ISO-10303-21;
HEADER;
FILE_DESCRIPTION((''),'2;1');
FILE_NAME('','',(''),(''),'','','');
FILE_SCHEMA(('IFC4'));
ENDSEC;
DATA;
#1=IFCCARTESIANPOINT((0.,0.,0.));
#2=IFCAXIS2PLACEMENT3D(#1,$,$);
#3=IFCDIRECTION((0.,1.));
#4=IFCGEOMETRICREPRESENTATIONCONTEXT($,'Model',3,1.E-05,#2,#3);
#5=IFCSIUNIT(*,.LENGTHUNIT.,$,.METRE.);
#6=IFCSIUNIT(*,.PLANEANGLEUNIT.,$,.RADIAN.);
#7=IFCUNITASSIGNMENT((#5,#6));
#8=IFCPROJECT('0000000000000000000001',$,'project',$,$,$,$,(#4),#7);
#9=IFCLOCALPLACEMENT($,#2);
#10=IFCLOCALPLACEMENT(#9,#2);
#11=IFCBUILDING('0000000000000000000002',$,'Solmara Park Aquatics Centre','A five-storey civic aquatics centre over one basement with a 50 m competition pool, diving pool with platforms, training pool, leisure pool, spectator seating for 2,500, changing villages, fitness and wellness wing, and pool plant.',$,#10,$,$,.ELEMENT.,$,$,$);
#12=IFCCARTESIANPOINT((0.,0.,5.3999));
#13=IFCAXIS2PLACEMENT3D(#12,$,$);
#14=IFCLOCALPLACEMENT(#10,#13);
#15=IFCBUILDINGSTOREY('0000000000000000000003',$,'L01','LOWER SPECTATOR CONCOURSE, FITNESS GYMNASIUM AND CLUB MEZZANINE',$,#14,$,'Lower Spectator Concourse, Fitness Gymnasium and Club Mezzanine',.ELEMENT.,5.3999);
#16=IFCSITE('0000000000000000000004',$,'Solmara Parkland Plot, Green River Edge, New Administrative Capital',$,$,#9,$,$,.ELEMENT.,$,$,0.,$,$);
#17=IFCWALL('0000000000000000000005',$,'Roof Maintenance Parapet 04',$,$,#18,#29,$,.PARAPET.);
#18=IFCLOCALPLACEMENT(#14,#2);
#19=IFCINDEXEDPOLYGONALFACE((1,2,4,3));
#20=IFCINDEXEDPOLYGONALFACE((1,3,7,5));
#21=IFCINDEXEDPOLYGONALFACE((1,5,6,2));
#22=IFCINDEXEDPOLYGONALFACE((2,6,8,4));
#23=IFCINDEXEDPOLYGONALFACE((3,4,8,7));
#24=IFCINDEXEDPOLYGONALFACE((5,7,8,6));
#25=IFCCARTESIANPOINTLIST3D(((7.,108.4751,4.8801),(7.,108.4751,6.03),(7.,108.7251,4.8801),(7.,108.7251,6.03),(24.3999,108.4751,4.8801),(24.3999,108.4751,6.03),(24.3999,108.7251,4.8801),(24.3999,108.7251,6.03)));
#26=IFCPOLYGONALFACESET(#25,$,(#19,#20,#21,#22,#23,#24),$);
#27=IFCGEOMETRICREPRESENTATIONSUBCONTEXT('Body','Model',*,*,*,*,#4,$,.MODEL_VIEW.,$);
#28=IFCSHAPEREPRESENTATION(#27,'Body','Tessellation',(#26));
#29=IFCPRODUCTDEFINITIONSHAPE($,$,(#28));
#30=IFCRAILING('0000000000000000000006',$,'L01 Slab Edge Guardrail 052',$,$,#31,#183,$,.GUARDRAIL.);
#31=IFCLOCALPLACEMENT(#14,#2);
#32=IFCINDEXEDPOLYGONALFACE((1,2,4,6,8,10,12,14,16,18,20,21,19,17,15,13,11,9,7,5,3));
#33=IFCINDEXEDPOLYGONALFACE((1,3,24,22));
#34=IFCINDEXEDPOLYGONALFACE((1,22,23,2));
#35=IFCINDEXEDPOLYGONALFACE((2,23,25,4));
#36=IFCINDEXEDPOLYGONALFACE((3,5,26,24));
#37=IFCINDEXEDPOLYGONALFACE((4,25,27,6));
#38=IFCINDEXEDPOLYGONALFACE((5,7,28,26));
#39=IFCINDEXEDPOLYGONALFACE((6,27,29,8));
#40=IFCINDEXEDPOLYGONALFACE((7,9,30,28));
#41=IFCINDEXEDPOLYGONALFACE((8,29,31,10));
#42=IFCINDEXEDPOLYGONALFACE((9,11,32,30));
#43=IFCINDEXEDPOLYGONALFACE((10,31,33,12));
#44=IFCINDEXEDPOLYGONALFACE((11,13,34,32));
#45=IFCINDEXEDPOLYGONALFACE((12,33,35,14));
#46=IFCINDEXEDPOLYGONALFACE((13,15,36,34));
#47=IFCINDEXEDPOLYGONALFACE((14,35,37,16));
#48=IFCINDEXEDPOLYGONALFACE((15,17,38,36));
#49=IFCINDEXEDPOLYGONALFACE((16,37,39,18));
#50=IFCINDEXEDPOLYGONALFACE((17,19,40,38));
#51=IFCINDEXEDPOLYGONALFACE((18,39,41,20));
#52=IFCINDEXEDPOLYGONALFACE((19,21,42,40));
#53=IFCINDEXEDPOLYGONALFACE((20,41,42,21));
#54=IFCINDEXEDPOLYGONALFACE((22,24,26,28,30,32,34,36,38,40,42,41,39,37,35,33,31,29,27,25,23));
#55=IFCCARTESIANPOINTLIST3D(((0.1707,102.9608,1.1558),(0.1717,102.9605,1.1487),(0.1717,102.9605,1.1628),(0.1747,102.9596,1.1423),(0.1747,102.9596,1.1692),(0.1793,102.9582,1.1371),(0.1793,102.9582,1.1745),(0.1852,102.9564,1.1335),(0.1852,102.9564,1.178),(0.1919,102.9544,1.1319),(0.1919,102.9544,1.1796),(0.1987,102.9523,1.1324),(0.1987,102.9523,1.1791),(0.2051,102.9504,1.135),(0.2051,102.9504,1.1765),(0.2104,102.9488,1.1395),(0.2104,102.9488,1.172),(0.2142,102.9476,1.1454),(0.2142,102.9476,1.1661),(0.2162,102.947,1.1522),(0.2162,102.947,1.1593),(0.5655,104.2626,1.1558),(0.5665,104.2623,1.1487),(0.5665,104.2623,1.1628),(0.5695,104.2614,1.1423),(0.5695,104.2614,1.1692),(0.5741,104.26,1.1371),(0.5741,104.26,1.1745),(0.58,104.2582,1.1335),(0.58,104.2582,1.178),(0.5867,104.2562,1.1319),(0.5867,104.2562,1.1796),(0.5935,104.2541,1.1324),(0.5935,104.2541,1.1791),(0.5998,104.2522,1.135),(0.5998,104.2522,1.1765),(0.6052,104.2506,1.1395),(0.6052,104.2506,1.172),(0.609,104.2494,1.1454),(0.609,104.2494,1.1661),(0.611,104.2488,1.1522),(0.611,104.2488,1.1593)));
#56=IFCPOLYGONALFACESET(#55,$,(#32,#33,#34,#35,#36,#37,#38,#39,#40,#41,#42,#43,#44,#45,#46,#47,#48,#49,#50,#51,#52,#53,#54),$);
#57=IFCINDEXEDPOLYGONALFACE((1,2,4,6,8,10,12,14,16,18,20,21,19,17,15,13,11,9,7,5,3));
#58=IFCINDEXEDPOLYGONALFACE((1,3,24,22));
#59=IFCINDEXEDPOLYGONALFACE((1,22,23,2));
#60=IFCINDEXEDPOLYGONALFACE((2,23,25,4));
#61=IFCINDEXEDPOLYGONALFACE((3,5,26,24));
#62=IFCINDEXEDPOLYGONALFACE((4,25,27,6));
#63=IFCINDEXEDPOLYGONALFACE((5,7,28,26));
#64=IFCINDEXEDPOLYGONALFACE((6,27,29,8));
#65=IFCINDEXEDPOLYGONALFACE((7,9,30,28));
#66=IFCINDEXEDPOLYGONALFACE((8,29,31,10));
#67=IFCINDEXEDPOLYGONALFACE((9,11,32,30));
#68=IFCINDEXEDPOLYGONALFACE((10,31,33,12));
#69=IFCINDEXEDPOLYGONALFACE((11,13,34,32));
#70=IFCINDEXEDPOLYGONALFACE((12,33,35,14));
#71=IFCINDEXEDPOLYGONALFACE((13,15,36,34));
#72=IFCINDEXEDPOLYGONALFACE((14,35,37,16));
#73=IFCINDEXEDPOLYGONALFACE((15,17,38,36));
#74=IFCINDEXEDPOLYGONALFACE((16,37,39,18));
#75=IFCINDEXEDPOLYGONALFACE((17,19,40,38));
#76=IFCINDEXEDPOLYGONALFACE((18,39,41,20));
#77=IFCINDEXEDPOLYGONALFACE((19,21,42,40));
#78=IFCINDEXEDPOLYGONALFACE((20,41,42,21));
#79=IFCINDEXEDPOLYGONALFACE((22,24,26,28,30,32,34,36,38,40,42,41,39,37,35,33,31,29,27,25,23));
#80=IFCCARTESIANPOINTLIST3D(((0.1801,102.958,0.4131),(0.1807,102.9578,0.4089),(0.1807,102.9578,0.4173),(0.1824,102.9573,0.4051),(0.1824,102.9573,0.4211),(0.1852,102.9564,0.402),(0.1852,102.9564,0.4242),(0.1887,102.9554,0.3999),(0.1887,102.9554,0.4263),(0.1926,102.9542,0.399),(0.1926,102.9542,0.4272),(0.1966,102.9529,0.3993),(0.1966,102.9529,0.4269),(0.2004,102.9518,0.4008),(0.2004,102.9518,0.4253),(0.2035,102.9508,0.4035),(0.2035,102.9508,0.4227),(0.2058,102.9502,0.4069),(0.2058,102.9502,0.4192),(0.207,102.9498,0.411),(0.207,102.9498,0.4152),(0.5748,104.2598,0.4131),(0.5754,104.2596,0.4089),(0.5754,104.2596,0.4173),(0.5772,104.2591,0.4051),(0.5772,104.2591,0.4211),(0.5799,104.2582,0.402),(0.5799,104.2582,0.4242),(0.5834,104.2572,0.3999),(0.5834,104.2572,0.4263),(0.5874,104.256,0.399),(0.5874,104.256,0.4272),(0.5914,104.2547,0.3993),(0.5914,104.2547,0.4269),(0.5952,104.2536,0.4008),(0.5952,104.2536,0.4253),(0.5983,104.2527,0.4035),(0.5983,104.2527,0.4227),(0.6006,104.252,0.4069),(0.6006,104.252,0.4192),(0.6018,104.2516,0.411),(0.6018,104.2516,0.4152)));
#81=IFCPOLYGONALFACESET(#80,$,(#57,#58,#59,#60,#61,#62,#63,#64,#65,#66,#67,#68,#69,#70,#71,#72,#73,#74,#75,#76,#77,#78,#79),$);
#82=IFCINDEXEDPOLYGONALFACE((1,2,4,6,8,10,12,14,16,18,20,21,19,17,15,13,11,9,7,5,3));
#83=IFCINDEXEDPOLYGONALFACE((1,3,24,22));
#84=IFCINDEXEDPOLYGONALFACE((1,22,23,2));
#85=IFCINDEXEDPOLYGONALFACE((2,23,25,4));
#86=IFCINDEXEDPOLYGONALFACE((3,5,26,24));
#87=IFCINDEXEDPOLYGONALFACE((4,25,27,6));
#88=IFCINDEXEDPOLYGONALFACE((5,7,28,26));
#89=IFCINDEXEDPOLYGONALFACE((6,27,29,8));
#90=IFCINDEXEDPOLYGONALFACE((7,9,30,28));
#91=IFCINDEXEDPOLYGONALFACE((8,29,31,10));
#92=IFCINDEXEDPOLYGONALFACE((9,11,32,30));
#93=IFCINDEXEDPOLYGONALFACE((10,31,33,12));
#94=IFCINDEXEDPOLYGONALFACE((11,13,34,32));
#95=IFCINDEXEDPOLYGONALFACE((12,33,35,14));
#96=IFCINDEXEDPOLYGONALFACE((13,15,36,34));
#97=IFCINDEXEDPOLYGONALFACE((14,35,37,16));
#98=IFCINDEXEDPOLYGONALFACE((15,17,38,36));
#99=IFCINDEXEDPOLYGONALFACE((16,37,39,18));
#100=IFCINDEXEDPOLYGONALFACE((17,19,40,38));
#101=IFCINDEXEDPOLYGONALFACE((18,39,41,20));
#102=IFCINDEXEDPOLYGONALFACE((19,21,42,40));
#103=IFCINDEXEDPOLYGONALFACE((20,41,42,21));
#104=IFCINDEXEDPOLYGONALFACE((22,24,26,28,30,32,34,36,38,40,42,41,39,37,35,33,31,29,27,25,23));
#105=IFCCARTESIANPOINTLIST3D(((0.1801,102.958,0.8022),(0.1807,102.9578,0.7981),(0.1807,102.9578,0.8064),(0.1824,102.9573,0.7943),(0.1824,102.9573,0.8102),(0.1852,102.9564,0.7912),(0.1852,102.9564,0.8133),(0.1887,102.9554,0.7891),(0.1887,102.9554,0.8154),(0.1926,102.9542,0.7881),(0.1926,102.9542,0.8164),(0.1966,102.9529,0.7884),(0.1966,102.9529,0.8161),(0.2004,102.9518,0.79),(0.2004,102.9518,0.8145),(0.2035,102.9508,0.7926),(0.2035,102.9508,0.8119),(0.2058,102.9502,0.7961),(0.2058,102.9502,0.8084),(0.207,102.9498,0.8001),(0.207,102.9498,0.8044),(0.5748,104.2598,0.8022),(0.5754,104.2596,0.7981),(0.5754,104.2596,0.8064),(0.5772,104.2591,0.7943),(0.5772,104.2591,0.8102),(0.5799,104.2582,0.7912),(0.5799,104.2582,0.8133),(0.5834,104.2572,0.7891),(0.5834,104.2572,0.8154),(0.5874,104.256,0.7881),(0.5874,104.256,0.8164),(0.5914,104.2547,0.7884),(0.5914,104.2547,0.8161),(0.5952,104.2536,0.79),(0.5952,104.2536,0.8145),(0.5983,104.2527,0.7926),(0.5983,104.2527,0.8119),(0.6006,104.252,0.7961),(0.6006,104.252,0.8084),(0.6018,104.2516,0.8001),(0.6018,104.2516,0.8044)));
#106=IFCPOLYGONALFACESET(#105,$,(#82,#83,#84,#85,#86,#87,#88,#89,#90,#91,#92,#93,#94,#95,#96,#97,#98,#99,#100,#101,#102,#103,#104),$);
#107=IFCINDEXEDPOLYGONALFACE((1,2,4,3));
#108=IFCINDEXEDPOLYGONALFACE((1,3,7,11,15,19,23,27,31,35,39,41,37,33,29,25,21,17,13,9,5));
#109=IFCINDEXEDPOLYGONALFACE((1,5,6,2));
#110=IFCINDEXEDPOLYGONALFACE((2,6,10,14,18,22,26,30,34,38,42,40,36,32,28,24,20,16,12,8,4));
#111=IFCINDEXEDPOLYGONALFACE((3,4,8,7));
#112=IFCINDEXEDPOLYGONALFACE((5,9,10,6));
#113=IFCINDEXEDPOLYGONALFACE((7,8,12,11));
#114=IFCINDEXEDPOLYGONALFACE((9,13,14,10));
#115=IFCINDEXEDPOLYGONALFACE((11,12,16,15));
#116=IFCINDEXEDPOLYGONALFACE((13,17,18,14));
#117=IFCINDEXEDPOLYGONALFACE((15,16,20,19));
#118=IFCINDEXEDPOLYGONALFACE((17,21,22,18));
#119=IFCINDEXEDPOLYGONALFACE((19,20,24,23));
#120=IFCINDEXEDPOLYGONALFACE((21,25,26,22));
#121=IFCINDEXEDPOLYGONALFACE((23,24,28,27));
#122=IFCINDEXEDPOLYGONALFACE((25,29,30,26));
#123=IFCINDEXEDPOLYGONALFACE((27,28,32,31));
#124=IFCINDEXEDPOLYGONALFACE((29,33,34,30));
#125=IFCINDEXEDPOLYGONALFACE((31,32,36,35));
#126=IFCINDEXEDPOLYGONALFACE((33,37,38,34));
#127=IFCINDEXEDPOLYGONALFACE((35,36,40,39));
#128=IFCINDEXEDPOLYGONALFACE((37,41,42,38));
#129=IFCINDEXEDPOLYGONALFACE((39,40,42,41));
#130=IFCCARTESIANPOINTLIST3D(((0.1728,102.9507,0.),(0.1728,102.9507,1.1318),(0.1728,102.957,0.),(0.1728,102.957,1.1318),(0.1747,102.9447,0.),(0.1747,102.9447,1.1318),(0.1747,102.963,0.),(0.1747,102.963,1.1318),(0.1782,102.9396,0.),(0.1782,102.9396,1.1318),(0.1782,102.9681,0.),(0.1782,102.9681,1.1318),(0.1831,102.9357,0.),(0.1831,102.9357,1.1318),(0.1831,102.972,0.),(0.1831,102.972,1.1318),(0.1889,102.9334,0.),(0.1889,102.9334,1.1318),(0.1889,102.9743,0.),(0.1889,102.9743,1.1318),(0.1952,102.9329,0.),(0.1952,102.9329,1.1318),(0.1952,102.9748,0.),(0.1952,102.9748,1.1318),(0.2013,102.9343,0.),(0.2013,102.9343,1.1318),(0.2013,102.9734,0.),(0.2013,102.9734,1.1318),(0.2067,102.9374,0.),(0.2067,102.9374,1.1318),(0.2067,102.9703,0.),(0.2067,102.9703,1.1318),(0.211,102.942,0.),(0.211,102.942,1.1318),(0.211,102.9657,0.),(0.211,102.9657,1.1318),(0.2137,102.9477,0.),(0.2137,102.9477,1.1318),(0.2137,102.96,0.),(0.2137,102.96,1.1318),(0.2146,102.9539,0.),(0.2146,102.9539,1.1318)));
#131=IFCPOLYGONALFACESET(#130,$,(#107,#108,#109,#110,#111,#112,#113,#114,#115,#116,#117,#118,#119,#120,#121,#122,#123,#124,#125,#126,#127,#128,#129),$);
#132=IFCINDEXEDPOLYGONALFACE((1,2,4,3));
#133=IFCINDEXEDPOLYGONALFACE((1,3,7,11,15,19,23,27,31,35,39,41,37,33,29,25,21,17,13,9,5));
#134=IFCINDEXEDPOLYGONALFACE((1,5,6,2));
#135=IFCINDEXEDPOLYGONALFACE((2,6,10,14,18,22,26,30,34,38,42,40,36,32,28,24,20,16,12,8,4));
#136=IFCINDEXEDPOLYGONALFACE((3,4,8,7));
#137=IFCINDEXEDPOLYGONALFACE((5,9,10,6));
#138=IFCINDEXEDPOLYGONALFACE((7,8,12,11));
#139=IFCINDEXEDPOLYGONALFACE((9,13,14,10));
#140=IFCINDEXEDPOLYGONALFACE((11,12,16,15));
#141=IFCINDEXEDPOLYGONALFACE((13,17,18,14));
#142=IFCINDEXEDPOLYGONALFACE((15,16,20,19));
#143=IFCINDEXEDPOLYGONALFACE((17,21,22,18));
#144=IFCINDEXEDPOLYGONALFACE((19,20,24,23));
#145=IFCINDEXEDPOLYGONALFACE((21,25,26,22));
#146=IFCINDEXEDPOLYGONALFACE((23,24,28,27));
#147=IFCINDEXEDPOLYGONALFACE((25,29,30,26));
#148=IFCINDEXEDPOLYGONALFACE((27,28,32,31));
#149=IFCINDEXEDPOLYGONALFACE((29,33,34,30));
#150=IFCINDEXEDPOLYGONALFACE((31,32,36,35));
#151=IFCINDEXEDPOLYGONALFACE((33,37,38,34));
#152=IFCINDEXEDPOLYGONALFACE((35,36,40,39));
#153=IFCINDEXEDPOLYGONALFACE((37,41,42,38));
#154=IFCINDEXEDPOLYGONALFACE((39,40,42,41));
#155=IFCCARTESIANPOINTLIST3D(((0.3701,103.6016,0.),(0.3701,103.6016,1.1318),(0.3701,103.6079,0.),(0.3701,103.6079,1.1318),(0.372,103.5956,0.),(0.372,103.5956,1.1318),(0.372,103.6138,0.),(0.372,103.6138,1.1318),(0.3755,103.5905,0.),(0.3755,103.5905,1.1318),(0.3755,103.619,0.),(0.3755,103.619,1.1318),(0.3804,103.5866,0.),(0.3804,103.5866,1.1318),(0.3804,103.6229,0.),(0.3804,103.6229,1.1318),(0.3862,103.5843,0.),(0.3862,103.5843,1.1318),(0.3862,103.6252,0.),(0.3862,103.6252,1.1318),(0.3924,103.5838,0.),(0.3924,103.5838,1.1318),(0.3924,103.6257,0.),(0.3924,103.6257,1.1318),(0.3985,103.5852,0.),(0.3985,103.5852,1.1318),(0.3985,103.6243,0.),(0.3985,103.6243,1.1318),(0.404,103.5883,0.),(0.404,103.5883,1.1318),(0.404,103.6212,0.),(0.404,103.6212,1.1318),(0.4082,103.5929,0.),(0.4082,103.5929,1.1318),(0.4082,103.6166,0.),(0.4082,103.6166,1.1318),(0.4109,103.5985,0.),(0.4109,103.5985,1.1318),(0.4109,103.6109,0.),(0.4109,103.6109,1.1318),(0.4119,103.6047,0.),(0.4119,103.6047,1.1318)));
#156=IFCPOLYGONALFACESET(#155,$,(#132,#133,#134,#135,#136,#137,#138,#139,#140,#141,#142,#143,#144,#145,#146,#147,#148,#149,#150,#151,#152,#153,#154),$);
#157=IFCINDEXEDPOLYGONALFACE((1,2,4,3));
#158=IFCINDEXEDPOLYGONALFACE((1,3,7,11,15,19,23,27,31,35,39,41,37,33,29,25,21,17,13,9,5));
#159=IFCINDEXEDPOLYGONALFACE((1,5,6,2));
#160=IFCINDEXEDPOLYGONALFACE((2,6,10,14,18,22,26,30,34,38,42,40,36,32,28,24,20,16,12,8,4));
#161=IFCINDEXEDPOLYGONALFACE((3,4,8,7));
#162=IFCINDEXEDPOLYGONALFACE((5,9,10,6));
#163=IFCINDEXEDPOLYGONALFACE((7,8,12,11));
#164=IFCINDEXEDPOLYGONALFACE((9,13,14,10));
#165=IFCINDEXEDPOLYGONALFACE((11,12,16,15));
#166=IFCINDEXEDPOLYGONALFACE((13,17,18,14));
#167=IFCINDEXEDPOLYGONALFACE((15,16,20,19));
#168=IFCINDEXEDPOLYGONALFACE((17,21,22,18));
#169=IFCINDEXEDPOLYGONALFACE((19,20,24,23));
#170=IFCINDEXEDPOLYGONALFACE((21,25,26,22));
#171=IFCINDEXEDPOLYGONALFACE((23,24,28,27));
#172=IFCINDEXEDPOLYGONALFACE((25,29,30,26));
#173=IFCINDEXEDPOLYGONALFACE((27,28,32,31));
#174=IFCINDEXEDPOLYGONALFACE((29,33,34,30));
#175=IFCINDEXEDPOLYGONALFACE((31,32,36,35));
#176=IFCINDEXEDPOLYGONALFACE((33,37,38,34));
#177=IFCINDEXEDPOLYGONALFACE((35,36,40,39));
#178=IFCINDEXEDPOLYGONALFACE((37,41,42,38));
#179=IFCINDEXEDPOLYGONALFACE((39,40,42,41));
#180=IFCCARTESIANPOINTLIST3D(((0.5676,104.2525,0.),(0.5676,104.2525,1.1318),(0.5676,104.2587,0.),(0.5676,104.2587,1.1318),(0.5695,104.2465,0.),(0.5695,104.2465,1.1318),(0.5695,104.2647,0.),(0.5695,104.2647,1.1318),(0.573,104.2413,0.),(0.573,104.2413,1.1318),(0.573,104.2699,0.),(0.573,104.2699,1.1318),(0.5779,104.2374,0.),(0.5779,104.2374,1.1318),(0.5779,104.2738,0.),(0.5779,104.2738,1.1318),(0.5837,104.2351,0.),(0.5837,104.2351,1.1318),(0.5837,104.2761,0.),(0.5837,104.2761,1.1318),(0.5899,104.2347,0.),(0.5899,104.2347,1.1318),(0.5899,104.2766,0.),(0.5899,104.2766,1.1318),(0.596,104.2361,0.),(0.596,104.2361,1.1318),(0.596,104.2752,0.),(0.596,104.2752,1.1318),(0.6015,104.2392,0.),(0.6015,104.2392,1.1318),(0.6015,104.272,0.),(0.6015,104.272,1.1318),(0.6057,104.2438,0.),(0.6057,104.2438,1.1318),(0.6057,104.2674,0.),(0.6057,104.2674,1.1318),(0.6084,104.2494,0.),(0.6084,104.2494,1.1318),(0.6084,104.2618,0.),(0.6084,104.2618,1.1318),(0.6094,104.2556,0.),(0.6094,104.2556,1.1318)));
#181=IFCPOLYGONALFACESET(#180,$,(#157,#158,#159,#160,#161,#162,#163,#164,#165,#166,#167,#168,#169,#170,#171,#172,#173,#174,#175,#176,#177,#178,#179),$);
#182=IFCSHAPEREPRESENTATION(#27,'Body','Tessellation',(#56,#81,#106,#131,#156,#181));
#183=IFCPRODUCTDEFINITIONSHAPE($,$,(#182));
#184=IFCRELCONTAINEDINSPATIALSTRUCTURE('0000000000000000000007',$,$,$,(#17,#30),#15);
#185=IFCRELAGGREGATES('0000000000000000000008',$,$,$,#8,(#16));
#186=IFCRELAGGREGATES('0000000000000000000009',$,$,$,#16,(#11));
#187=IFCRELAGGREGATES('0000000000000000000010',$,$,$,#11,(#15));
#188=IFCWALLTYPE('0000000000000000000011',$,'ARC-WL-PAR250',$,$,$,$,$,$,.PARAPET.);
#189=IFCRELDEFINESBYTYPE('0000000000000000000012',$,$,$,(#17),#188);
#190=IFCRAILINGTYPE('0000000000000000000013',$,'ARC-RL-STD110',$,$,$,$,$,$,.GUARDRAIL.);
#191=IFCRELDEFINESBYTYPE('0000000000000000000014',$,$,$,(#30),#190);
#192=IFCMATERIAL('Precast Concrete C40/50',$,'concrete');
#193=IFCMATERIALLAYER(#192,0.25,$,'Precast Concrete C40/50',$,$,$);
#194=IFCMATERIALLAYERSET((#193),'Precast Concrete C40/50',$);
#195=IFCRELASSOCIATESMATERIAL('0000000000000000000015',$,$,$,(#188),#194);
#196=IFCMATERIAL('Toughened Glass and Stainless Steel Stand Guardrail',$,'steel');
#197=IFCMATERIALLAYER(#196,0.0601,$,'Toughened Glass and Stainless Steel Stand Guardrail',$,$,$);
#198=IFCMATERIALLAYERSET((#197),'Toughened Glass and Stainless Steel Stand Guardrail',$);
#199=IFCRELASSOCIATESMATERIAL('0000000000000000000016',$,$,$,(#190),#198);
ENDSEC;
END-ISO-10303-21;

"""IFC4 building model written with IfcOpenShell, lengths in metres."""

from ifc_helpers import new_model, si_unit, direction, frame, frame_2d, origin, origin_2d, place, context, subcontext, project, spatial, rectangle, circle, extrude, material, layer, layer_set, type_object, element, save


model = new_model("IFC4")

# Units and contexts
model_context = context("Model", 3, precision=1e-05, world=origin(), true_north=direction((0.0, 1.0)))
body_context = subcontext(model_context, "Body", "Model", "MODEL_VIEW")
ifc_project = project(units=[si_unit("LENGTHUNIT", "METRE"), si_unit("PLANEANGLEUNIT", "RADIAN")], contexts=[model_context])

# Site, building, storey
site_placement = place(None, origin())
site = spatial("IfcSite", under=ifc_project, at=site_placement, Name="Solmara Parkland Plot, Green River Edge, New Administrative Capital", CompositionType="ELEMENT", RefElevation=0.0)
building_placement = place(site_placement, origin())
building = spatial("IfcBuilding", under=site, at=building_placement, Name="Solmara Park Aquatics Centre", Description="A five-storey civic aquatics centre over one basement with a 50 m competition pool, diving pool with platforms, training pool, leisure pool, spectator seating for 2,500, changing villages, fitness and wellness wing, and pool plant.", CompositionType="ELEMENT")
storey_placement = place(building_placement, frame((0.0, 0.0, 5.3999)))
storey = spatial("IfcBuildingStorey", under=building, at=storey_placement, Name="L01", Description="LOWER SPECTATOR CONCOURSE, FITNESS GYMNASIUM AND CLUB MEZZANINE", LongName="Lower Spectator Concourse, Fitness Gymnasium and Club Mezzanine", CompositionType="ELEMENT", Elevation=5.3999)

# Wall
ifc_material_1 = material(Name="Precast Concrete C40/50", Category="concrete")
ifc_layer_1 = layer(ifc_material_1, 0.25, Name="Precast Concrete C40/50")
ifc_layer_set_1 = layer_set([ifc_layer_1], Name="Precast Concrete C40/50")
wall_type_1 = type_object("IfcWallType", Name="ARC-WL-PAR250", PredefinedType="PARAPET", material=ifc_layer_set_1)
wall_1_placement = place(storey_placement, frame((7.0, 108.6001, 4.8801), z_axis=(0.0, 0.0, 1.0), x_axis=(1.0, 0.0, 0.0)))
element("IfcWall", 1, at=wall_1_placement, inside=storey, type_object=wall_type_1, Name="Roof Maintenance Parapet 04", PredefinedType="PARAPET", context=body_context, shape_type="SweptSolid", body=[
    extrude(rectangle(XDim=17.3999, YDim=0.25, at=frame_2d((8.7, 0.0))), origin(), (0.0, 0.0, 1.0), 1.1499),
])

# Railing
ifc_material_2 = material(Name="Toughened Glass and Stainless Steel Stand Guardrail", Category="steel")
ifc_layer_2 = layer(ifc_material_2, 0.0601, Name="Toughened Glass and Stainless Steel Stand Guardrail")
ifc_layer_set_2 = layer_set([ifc_layer_2], Name="Toughened Glass and Stainless Steel Stand Guardrail")
railing_type = type_object("IfcRailingType", Name="ARC-RL-STD110", PredefinedType="GUARDRAIL", material=ifc_layer_set_2)
railing_1_placement = place(storey_placement, frame((0.1936, 102.9539, 0.0)))
element("IfcRailing", 2, at=railing_1_placement, inside=storey, type_object=railing_type, Name="L01 Slab Edge Guardrail 052", PredefinedType="GUARDRAIL", context=body_context, shape_type="SweptSolid", body=[
    extrude(circle(Radius=0.0239, at=origin_2d()), frame((0.0, 0.0, 1.1558), z_axis=(0.290212, 0.956962, 0.0), x_axis=(-0.956962, 0.290212, 0.0)), (0.0, 0.0, 1.0), 1.3604),
    extrude(circle(Radius=0.0142, at=origin_2d()), frame((0.0, 0.0, 0.4131), z_axis=(0.290212, 0.956962, 0.0), x_axis=(-0.956962, 0.290212, 0.0)), (0.0, 0.0, 1.0), 1.3604),
    extrude(circle(Radius=0.0142, at=origin_2d()), frame((0.0, 0.0, 0.8022), z_axis=(0.290212, 0.956962, 0.0), x_axis=(-0.956962, 0.290212, 0.0)), (0.0, 0.0, 1.0), 1.3604),
    extrude(circle(Radius=0.021, at=origin_2d()), origin(), (0.0, 0.0, 1.0), 1.1318),
    extrude(circle(Radius=0.021, at=origin_2d()), frame((0.1973, 0.6509, 0.0)), (0.0, 0.0, 1.0), 1.1318),
    extrude(circle(Radius=0.021, at=origin_2d()), frame((0.3948, 1.3018, 0.0)), (0.0, 0.0, 1.0), 1.1318),
])

save(model, "model.ifc")
